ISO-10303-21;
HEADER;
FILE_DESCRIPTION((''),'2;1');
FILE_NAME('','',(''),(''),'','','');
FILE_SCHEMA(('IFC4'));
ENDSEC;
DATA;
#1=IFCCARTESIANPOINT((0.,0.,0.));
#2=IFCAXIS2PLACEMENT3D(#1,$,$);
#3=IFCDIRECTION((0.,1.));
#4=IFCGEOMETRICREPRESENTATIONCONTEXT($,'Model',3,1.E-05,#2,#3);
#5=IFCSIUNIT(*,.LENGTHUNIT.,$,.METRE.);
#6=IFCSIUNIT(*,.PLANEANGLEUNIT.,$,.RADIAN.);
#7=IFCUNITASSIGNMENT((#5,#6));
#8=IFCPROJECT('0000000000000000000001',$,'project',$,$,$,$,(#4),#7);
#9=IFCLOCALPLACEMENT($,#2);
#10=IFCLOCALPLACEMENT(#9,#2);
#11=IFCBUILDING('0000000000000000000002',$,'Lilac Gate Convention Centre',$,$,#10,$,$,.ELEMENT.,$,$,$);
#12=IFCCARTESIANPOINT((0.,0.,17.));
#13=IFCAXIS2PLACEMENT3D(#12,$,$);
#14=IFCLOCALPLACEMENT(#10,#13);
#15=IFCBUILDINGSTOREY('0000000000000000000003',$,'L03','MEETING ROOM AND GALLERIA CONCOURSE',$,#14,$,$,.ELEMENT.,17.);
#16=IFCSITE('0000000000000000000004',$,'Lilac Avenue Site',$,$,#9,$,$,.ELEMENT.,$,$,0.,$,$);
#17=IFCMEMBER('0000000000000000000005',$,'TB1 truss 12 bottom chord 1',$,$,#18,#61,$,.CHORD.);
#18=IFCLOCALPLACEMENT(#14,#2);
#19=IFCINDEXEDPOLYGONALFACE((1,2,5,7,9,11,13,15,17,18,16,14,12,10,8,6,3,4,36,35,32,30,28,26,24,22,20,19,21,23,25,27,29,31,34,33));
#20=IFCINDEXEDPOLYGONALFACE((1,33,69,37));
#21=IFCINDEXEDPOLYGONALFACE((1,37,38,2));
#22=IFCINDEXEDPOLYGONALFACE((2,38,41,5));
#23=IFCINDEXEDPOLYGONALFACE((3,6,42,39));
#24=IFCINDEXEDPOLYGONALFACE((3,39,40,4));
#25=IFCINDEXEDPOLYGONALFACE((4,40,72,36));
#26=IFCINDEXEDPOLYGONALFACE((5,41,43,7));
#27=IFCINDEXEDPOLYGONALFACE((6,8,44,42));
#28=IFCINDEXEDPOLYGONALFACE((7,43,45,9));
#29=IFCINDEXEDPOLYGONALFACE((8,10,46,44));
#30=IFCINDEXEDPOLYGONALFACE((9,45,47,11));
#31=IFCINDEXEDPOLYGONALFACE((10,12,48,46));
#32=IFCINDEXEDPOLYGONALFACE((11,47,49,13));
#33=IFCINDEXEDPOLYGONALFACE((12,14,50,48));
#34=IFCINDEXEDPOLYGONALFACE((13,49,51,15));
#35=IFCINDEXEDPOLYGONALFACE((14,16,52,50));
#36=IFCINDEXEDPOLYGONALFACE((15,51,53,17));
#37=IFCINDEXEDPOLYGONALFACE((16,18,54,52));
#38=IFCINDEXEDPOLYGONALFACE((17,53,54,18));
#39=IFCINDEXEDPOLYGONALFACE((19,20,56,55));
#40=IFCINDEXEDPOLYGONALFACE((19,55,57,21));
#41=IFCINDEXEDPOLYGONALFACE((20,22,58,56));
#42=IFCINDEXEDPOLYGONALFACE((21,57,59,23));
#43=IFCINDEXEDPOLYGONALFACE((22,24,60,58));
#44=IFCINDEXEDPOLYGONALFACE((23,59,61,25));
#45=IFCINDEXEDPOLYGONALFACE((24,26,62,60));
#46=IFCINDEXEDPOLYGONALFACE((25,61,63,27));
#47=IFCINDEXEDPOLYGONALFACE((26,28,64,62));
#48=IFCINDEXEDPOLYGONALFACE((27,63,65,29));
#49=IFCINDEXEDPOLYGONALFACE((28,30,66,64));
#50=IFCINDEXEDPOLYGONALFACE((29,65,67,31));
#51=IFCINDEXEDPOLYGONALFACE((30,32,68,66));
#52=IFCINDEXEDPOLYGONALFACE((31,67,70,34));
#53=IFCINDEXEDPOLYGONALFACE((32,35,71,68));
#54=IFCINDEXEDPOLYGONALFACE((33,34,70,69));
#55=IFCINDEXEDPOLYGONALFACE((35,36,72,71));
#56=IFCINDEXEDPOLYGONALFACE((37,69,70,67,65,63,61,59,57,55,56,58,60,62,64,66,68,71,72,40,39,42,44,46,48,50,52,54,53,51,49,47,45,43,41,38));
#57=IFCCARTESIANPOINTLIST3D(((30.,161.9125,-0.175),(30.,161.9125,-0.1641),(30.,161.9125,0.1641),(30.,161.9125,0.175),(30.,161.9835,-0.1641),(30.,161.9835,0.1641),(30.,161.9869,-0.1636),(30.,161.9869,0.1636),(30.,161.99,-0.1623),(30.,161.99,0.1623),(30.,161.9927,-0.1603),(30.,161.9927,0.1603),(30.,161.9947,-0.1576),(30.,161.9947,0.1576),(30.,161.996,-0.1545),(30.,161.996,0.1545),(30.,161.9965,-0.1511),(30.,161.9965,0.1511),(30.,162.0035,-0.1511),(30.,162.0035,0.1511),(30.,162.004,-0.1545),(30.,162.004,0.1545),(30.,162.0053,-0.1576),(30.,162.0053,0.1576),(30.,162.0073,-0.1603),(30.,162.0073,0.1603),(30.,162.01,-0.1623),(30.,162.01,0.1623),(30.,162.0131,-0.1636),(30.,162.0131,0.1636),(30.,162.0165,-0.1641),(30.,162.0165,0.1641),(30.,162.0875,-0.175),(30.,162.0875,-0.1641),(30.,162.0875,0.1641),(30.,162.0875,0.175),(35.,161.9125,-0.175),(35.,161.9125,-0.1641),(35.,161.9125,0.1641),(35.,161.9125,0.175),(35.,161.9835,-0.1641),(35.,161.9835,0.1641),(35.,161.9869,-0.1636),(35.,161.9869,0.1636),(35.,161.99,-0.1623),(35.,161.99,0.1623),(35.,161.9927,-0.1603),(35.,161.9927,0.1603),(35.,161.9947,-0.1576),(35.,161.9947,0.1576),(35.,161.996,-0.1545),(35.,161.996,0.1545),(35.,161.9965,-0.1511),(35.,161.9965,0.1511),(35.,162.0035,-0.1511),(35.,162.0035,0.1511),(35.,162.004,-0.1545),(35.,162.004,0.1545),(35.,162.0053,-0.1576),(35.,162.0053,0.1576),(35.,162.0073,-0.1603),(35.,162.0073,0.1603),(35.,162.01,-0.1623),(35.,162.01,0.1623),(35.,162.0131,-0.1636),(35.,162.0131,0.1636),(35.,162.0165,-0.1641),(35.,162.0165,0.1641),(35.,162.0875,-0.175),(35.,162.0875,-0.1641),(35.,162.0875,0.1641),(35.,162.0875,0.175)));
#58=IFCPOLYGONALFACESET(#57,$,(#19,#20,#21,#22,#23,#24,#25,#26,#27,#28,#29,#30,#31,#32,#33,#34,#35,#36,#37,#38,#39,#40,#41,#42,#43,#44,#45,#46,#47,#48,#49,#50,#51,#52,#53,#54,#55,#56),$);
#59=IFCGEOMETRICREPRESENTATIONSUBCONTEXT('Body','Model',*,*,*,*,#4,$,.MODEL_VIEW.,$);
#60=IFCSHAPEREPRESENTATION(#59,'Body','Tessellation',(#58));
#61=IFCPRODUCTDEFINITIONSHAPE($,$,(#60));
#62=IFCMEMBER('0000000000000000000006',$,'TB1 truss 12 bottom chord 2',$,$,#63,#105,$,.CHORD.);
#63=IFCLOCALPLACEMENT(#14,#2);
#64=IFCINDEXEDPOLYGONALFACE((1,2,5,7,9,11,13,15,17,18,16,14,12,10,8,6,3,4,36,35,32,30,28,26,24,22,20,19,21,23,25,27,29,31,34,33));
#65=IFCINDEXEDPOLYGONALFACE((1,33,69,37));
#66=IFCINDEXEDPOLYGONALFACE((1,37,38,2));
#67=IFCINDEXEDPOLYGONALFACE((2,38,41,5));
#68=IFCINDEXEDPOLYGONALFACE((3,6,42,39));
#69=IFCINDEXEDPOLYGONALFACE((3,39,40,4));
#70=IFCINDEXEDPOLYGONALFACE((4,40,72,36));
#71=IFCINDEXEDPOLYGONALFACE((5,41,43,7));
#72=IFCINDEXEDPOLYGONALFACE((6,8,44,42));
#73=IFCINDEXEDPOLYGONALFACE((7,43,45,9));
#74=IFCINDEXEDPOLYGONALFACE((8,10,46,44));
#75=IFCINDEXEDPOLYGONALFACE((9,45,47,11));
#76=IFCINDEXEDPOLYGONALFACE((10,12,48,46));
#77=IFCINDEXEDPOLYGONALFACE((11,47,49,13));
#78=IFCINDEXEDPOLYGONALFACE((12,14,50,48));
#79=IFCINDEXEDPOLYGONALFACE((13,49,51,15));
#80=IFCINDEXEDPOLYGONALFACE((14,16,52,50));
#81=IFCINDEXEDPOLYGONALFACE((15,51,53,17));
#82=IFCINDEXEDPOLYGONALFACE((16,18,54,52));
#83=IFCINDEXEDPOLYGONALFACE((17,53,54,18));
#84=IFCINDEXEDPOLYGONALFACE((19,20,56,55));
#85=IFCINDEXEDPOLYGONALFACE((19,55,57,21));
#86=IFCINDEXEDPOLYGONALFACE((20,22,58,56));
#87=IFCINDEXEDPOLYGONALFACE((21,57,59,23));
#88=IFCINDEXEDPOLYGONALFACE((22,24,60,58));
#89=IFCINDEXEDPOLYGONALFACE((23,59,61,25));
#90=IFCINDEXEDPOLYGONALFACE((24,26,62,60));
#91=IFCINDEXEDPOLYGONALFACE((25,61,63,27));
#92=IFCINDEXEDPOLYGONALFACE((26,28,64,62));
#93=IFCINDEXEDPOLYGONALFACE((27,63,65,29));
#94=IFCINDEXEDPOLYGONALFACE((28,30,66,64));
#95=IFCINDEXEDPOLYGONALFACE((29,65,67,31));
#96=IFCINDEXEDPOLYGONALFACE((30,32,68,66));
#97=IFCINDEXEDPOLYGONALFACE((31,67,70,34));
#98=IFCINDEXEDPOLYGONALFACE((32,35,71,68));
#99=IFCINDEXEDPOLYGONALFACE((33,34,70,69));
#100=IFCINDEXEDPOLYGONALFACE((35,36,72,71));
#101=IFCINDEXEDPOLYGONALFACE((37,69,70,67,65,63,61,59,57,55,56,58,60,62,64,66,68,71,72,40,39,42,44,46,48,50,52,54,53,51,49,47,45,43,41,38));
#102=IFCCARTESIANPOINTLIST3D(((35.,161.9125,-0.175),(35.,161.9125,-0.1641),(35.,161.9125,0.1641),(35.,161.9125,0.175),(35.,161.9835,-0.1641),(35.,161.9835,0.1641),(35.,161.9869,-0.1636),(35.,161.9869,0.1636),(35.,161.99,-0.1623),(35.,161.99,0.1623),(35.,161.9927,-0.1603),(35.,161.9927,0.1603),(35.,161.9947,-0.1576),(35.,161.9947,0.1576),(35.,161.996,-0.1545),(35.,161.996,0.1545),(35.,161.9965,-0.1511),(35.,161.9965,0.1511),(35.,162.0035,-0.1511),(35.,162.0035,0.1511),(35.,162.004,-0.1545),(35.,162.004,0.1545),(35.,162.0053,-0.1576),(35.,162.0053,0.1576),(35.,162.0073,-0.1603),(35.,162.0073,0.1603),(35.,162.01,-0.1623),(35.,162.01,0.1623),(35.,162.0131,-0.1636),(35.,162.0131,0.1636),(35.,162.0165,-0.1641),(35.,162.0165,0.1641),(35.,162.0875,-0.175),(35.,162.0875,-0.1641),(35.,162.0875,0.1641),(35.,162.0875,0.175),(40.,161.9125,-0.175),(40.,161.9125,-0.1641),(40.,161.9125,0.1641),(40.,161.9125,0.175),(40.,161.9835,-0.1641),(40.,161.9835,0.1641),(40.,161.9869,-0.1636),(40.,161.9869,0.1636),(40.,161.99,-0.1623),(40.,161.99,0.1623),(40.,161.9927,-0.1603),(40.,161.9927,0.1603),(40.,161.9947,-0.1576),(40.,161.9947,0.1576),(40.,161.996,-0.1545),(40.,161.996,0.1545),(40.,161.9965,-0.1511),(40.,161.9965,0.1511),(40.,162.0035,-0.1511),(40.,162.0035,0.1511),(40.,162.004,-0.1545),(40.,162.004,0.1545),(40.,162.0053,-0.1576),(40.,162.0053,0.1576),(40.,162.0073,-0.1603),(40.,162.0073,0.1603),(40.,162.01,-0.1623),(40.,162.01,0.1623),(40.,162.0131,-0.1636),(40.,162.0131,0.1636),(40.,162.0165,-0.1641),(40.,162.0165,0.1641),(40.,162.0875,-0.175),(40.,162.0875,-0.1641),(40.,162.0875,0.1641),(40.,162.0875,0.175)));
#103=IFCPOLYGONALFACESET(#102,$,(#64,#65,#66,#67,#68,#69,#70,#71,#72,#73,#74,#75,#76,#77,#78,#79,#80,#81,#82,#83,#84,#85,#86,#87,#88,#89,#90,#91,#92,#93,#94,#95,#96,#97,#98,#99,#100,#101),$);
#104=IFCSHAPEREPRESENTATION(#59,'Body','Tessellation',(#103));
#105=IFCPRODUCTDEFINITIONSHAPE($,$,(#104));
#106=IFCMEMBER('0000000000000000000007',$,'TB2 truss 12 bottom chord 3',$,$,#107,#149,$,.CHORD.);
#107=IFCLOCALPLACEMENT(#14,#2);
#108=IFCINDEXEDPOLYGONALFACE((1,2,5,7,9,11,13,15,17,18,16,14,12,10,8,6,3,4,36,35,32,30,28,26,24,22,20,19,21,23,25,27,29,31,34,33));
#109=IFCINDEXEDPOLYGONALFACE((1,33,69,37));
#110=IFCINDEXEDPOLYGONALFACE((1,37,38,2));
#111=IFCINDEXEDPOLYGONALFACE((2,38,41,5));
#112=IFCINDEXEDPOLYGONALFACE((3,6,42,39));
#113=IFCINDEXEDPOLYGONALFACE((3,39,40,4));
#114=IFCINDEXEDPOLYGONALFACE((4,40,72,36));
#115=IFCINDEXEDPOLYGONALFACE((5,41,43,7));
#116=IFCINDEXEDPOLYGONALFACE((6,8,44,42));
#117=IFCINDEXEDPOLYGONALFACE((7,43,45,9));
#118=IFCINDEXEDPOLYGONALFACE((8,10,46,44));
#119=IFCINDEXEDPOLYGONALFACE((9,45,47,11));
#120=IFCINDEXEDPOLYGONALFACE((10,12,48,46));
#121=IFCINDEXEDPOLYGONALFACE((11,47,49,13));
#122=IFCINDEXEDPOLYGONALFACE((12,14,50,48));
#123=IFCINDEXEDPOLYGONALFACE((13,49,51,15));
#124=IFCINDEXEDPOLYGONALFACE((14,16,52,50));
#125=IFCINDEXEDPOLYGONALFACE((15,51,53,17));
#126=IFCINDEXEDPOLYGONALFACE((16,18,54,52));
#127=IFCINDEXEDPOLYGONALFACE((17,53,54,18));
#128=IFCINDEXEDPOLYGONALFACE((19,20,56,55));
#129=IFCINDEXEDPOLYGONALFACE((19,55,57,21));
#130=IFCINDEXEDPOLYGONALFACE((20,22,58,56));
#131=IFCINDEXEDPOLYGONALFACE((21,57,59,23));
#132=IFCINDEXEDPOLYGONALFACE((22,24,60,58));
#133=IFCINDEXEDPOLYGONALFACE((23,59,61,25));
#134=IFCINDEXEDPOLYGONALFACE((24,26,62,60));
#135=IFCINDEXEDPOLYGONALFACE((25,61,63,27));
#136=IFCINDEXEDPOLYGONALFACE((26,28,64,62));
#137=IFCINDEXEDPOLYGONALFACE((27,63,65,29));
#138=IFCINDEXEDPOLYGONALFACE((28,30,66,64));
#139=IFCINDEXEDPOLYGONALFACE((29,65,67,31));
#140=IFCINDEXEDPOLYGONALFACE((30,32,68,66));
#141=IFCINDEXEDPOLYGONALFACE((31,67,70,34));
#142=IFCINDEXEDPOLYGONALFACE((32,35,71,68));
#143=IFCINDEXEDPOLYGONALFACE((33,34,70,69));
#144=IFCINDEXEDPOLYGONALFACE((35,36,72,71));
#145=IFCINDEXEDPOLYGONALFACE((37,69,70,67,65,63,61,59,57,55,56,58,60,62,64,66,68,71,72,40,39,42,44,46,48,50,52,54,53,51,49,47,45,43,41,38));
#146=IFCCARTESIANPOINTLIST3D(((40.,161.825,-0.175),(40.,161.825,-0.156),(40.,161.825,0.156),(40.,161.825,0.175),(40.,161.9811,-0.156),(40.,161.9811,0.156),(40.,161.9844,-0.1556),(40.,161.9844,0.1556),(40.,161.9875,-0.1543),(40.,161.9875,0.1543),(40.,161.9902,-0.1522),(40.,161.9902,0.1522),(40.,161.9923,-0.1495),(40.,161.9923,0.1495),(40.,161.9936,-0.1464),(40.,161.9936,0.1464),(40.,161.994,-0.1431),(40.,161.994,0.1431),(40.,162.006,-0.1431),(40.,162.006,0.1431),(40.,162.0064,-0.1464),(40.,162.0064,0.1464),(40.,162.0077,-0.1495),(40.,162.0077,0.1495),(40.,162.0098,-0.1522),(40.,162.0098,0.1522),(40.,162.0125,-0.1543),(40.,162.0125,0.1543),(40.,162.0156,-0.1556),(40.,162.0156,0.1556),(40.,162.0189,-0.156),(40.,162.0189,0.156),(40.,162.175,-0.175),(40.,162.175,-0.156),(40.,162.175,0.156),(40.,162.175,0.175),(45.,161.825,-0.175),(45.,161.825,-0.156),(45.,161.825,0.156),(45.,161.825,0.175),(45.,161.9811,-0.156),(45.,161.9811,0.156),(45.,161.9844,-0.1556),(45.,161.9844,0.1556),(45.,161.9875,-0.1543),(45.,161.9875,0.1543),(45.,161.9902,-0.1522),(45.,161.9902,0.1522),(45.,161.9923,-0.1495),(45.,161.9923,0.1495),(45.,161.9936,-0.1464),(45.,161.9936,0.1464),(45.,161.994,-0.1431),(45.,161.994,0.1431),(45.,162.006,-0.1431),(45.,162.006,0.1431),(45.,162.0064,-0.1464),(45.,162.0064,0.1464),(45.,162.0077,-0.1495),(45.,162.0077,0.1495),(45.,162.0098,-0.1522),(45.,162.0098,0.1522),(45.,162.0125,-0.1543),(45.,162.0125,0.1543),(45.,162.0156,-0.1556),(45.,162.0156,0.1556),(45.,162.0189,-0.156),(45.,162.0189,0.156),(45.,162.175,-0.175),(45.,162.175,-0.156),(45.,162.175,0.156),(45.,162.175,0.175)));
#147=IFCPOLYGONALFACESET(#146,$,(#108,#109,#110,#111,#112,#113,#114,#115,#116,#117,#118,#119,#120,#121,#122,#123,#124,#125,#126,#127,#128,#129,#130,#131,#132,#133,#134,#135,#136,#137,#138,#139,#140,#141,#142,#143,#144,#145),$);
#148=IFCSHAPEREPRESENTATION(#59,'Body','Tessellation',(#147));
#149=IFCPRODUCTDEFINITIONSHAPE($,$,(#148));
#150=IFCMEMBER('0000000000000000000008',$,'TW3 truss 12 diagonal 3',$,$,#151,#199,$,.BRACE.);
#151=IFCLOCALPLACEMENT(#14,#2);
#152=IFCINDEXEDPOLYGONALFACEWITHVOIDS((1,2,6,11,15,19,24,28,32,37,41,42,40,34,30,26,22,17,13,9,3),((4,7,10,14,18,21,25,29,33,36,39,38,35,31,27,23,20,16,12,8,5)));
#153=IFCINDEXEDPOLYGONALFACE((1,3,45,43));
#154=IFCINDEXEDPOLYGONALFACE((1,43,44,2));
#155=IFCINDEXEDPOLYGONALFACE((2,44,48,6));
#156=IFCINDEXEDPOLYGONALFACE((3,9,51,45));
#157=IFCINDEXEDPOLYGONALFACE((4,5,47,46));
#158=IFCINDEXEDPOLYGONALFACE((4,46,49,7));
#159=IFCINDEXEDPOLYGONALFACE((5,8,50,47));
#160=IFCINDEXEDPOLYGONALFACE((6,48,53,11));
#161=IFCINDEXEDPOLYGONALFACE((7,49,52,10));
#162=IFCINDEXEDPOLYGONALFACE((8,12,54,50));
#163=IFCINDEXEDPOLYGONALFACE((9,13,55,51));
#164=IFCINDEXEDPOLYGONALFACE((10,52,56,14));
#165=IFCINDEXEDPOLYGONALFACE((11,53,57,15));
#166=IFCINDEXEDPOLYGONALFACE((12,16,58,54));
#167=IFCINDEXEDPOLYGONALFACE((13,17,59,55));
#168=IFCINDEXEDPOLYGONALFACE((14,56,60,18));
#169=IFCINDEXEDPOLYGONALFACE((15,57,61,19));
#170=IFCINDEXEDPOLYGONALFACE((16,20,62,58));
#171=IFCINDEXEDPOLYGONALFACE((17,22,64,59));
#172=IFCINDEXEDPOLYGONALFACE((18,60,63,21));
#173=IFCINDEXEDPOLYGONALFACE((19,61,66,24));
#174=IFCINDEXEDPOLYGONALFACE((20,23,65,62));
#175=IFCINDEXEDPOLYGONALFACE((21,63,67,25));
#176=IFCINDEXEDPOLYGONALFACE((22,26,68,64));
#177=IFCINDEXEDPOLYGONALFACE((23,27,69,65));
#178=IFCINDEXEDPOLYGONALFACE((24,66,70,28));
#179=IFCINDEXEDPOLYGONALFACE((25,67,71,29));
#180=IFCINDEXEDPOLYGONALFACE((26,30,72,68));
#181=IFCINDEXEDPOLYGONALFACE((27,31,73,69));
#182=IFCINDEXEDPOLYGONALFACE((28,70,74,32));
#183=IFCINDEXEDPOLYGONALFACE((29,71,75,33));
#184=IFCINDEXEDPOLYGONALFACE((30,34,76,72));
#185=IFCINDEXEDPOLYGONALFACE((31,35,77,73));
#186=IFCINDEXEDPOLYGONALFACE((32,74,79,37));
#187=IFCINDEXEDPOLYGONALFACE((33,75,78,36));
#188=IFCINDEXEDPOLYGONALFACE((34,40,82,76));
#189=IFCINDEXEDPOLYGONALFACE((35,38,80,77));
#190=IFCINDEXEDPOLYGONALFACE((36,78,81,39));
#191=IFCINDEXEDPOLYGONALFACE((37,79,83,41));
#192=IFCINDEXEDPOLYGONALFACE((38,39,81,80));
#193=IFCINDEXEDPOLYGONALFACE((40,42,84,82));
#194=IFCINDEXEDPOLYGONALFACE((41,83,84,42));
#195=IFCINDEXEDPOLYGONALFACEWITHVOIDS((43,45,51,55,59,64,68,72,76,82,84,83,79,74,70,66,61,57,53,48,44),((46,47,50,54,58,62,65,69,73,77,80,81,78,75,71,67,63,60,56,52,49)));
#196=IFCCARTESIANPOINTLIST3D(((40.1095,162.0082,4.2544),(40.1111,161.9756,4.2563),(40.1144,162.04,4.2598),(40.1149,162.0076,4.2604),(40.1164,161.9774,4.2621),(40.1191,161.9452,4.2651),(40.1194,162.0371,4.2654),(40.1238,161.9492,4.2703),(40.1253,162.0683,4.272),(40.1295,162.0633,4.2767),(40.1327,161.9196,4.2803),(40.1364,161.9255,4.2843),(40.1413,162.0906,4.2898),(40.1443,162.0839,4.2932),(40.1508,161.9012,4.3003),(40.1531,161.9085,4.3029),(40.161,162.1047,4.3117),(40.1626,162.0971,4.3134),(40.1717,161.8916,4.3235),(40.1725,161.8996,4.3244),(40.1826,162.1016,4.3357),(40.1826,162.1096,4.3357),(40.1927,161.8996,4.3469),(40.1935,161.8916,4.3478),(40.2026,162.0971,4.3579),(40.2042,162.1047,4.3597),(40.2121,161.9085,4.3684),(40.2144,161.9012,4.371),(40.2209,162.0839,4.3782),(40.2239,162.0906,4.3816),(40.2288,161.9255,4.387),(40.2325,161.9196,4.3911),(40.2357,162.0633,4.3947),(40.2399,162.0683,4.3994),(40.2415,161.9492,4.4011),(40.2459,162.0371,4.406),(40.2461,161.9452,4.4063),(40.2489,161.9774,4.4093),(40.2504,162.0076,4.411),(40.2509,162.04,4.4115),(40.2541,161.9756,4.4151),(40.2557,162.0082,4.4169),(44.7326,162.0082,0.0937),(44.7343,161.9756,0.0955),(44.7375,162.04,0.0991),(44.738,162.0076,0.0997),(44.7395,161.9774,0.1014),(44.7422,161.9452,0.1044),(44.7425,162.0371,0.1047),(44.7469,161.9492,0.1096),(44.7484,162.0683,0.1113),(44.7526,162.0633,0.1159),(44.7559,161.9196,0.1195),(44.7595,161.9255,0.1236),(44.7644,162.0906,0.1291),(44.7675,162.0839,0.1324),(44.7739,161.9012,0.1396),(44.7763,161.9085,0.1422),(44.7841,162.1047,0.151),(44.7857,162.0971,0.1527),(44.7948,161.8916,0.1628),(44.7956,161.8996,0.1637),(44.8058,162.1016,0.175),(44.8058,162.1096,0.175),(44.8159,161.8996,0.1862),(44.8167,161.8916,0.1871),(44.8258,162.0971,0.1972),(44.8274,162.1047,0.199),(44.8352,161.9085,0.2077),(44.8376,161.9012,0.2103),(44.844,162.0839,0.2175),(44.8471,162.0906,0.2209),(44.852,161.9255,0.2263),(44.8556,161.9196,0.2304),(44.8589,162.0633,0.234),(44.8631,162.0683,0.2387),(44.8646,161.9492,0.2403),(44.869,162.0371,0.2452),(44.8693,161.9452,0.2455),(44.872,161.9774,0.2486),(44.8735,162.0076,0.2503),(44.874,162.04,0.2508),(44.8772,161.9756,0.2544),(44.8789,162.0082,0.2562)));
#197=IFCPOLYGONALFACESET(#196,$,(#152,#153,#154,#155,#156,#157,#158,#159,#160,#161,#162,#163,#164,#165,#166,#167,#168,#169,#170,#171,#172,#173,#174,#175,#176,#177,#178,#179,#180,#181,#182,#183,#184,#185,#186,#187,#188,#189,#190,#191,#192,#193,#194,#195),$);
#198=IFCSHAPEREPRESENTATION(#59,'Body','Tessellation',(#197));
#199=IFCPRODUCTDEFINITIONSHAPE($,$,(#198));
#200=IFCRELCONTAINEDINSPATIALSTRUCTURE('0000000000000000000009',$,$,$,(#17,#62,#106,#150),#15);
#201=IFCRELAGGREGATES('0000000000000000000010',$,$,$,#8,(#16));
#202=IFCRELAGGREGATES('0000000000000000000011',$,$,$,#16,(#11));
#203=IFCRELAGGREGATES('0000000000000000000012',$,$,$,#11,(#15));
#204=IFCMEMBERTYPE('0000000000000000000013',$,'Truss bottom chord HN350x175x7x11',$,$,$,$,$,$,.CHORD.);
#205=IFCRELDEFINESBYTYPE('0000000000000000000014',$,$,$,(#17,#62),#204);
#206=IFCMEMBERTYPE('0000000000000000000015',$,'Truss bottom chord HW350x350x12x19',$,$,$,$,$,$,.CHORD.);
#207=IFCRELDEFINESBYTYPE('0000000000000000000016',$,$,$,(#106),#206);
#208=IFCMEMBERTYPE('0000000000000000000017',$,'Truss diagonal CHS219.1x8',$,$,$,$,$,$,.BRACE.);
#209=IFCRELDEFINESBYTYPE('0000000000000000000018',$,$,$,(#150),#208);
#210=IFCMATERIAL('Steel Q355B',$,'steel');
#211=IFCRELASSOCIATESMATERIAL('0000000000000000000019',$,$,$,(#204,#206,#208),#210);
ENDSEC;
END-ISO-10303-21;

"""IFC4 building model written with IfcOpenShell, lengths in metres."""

from ifc_helpers import new_model, si_unit, direction, frame, origin, origin_2d, place, context, subcontext, project, spatial, hollow_circle, i_section, extrude, material, material_profile, profile_set, type_object, element, save


model = new_model("IFC4")

# Units and contexts
model_context = context("Model", 3, precision=1e-05, world=origin(), true_north=direction((0.0, 1.0)))
body_context = subcontext(model_context, "Body", "Model", "MODEL_VIEW")
ifc_project = project(units=[si_unit("LENGTHUNIT", "METRE"), si_unit("PLANEANGLEUNIT", "RADIAN")], contexts=[model_context])

# Site, building, storey
site_placement = place(None, origin())
site = spatial("IfcSite", under=ifc_project, at=site_placement, Name="Lilac Avenue Site", CompositionType="ELEMENT", RefElevation=0.0)
building_placement = place(site_placement, origin())
building = spatial("IfcBuilding", under=site, at=building_placement, Name="Lilac Gate Convention Centre", CompositionType="ELEMENT")
storey_placement = place(building_placement, frame((0.0, 0.0, 17.0)))
storey = spatial("IfcBuildingStorey", under=building, at=storey_placement, Name="L03", Description="MEETING ROOM AND GALLERIA CONCOURSE", CompositionType="ELEMENT", Elevation=17.0)

# Shared definitions
ifc_material = material(Name="Steel Q355B", Category="steel")

# Members
ifc_material_profile_1 = material_profile(ifc_material, i_section(OverallWidth=0.175, OverallDepth=0.3501, WebThickness=0.0071, FlangeThickness=0.011, FilletRadius=0.0129, at=origin_2d()), Name="HN350x175x7x11")
ifc_profile_set_1 = profile_set([ifc_material_profile_1], Name="Steel Q355B")
member_type_1 = type_object("IfcMemberType", Name="Truss bottom chord HN350x175x7x11", PredefinedType="CHORD", material=ifc_profile_set_1)
for number, where, z_axis, x_axis, name in (
    (1, (30.0, 162.0, 0.0), (1.0, 0.0, 0.0), (0.0, 1.0, 0.0), "TB1 truss 12 bottom chord 1"),
    (2, (35.0, 162.0, 0.0), (1.0, 0.0, 0.0), (0.0, 1.0, 0.0), "TB1 truss 12 bottom chord 2"),
):
    element("IfcMember", number, at=place(storey_placement, frame(where, z_axis=z_axis, x_axis=x_axis)), inside=storey, type_object=member_type_1, Name=name, PredefinedType="CHORD", context=body_context, shape_type="SweptSolid", body=[
        extrude(i_section(OverallWidth=0.175, OverallDepth=0.3501, WebThickness=0.0071, FlangeThickness=0.011, FilletRadius=0.0129, at=origin_2d()), origin(), (0.0, 0.0, 1.0), 5.0),
    ])
ifc_material_profile_2 = material_profile(ifc_material, i_section(OverallWidth=0.3501, OverallDepth=0.3501, WebThickness=0.012, FlangeThickness=0.019, FilletRadius=0.0129, at=origin_2d()), Name="HW350x350x12x19")
ifc_profile_set_2 = profile_set([ifc_material_profile_2], Name="Steel Q355B")
member_type_2 = type_object("IfcMemberType", Name="Truss bottom chord HW350x350x12x19", PredefinedType="CHORD", material=ifc_profile_set_2)
member_1_placement = place(storey_placement, frame((40.0, 162.0, 0.0), z_axis=(1.0, 0.0, 0.0), x_axis=(0.0, 1.0, 0.0)))
element("IfcMember", 3, at=member_1_placement, inside=storey, type_object=member_type_2, Name="TB2 truss 12 bottom chord 3", PredefinedType="CHORD", context=body_context, shape_type="SweptSolid", body=[
    extrude(i_section(OverallWidth=0.3501, OverallDepth=0.3501, WebThickness=0.012, FlangeThickness=0.019, FilletRadius=0.0129, at=origin_2d()), origin(), (0.0, 0.0, 1.0), 5.0),
])
ifc_material_profile_3 = material_profile(ifc_material, hollow_circle(Radius=0.1096, WallThickness=0.0081, at=origin_2d()), Name="CHS219.1x8")
ifc_profile_set_3 = profile_set([ifc_material_profile_3], Name="Steel Q355B")
member_type_3 = type_object("IfcMemberType", Name="Truss diagonal CHS219.1x8", PredefinedType="BRACE", material=ifc_profile_set_3)
member_2_placement = place(storey_placement, frame((40.1826, 162.0, 4.3357), z_axis=(0.743302, 0.0, -0.668956), x_axis=(0.0, 1.0, 0.0)))
element("IfcMember", 4, at=member_2_placement, inside=storey, type_object=member_type_3, Name="TW3 truss 12 diagonal 3", PredefinedType="BRACE", context=body_context, shape_type="SweptSolid", body=[
    extrude(hollow_circle(Radius=0.1096, WallThickness=0.0081, at=origin_2d()), origin(), (0.0, 0.0, 1.0), 6.2197),
])

save(model, "model.ifc")
